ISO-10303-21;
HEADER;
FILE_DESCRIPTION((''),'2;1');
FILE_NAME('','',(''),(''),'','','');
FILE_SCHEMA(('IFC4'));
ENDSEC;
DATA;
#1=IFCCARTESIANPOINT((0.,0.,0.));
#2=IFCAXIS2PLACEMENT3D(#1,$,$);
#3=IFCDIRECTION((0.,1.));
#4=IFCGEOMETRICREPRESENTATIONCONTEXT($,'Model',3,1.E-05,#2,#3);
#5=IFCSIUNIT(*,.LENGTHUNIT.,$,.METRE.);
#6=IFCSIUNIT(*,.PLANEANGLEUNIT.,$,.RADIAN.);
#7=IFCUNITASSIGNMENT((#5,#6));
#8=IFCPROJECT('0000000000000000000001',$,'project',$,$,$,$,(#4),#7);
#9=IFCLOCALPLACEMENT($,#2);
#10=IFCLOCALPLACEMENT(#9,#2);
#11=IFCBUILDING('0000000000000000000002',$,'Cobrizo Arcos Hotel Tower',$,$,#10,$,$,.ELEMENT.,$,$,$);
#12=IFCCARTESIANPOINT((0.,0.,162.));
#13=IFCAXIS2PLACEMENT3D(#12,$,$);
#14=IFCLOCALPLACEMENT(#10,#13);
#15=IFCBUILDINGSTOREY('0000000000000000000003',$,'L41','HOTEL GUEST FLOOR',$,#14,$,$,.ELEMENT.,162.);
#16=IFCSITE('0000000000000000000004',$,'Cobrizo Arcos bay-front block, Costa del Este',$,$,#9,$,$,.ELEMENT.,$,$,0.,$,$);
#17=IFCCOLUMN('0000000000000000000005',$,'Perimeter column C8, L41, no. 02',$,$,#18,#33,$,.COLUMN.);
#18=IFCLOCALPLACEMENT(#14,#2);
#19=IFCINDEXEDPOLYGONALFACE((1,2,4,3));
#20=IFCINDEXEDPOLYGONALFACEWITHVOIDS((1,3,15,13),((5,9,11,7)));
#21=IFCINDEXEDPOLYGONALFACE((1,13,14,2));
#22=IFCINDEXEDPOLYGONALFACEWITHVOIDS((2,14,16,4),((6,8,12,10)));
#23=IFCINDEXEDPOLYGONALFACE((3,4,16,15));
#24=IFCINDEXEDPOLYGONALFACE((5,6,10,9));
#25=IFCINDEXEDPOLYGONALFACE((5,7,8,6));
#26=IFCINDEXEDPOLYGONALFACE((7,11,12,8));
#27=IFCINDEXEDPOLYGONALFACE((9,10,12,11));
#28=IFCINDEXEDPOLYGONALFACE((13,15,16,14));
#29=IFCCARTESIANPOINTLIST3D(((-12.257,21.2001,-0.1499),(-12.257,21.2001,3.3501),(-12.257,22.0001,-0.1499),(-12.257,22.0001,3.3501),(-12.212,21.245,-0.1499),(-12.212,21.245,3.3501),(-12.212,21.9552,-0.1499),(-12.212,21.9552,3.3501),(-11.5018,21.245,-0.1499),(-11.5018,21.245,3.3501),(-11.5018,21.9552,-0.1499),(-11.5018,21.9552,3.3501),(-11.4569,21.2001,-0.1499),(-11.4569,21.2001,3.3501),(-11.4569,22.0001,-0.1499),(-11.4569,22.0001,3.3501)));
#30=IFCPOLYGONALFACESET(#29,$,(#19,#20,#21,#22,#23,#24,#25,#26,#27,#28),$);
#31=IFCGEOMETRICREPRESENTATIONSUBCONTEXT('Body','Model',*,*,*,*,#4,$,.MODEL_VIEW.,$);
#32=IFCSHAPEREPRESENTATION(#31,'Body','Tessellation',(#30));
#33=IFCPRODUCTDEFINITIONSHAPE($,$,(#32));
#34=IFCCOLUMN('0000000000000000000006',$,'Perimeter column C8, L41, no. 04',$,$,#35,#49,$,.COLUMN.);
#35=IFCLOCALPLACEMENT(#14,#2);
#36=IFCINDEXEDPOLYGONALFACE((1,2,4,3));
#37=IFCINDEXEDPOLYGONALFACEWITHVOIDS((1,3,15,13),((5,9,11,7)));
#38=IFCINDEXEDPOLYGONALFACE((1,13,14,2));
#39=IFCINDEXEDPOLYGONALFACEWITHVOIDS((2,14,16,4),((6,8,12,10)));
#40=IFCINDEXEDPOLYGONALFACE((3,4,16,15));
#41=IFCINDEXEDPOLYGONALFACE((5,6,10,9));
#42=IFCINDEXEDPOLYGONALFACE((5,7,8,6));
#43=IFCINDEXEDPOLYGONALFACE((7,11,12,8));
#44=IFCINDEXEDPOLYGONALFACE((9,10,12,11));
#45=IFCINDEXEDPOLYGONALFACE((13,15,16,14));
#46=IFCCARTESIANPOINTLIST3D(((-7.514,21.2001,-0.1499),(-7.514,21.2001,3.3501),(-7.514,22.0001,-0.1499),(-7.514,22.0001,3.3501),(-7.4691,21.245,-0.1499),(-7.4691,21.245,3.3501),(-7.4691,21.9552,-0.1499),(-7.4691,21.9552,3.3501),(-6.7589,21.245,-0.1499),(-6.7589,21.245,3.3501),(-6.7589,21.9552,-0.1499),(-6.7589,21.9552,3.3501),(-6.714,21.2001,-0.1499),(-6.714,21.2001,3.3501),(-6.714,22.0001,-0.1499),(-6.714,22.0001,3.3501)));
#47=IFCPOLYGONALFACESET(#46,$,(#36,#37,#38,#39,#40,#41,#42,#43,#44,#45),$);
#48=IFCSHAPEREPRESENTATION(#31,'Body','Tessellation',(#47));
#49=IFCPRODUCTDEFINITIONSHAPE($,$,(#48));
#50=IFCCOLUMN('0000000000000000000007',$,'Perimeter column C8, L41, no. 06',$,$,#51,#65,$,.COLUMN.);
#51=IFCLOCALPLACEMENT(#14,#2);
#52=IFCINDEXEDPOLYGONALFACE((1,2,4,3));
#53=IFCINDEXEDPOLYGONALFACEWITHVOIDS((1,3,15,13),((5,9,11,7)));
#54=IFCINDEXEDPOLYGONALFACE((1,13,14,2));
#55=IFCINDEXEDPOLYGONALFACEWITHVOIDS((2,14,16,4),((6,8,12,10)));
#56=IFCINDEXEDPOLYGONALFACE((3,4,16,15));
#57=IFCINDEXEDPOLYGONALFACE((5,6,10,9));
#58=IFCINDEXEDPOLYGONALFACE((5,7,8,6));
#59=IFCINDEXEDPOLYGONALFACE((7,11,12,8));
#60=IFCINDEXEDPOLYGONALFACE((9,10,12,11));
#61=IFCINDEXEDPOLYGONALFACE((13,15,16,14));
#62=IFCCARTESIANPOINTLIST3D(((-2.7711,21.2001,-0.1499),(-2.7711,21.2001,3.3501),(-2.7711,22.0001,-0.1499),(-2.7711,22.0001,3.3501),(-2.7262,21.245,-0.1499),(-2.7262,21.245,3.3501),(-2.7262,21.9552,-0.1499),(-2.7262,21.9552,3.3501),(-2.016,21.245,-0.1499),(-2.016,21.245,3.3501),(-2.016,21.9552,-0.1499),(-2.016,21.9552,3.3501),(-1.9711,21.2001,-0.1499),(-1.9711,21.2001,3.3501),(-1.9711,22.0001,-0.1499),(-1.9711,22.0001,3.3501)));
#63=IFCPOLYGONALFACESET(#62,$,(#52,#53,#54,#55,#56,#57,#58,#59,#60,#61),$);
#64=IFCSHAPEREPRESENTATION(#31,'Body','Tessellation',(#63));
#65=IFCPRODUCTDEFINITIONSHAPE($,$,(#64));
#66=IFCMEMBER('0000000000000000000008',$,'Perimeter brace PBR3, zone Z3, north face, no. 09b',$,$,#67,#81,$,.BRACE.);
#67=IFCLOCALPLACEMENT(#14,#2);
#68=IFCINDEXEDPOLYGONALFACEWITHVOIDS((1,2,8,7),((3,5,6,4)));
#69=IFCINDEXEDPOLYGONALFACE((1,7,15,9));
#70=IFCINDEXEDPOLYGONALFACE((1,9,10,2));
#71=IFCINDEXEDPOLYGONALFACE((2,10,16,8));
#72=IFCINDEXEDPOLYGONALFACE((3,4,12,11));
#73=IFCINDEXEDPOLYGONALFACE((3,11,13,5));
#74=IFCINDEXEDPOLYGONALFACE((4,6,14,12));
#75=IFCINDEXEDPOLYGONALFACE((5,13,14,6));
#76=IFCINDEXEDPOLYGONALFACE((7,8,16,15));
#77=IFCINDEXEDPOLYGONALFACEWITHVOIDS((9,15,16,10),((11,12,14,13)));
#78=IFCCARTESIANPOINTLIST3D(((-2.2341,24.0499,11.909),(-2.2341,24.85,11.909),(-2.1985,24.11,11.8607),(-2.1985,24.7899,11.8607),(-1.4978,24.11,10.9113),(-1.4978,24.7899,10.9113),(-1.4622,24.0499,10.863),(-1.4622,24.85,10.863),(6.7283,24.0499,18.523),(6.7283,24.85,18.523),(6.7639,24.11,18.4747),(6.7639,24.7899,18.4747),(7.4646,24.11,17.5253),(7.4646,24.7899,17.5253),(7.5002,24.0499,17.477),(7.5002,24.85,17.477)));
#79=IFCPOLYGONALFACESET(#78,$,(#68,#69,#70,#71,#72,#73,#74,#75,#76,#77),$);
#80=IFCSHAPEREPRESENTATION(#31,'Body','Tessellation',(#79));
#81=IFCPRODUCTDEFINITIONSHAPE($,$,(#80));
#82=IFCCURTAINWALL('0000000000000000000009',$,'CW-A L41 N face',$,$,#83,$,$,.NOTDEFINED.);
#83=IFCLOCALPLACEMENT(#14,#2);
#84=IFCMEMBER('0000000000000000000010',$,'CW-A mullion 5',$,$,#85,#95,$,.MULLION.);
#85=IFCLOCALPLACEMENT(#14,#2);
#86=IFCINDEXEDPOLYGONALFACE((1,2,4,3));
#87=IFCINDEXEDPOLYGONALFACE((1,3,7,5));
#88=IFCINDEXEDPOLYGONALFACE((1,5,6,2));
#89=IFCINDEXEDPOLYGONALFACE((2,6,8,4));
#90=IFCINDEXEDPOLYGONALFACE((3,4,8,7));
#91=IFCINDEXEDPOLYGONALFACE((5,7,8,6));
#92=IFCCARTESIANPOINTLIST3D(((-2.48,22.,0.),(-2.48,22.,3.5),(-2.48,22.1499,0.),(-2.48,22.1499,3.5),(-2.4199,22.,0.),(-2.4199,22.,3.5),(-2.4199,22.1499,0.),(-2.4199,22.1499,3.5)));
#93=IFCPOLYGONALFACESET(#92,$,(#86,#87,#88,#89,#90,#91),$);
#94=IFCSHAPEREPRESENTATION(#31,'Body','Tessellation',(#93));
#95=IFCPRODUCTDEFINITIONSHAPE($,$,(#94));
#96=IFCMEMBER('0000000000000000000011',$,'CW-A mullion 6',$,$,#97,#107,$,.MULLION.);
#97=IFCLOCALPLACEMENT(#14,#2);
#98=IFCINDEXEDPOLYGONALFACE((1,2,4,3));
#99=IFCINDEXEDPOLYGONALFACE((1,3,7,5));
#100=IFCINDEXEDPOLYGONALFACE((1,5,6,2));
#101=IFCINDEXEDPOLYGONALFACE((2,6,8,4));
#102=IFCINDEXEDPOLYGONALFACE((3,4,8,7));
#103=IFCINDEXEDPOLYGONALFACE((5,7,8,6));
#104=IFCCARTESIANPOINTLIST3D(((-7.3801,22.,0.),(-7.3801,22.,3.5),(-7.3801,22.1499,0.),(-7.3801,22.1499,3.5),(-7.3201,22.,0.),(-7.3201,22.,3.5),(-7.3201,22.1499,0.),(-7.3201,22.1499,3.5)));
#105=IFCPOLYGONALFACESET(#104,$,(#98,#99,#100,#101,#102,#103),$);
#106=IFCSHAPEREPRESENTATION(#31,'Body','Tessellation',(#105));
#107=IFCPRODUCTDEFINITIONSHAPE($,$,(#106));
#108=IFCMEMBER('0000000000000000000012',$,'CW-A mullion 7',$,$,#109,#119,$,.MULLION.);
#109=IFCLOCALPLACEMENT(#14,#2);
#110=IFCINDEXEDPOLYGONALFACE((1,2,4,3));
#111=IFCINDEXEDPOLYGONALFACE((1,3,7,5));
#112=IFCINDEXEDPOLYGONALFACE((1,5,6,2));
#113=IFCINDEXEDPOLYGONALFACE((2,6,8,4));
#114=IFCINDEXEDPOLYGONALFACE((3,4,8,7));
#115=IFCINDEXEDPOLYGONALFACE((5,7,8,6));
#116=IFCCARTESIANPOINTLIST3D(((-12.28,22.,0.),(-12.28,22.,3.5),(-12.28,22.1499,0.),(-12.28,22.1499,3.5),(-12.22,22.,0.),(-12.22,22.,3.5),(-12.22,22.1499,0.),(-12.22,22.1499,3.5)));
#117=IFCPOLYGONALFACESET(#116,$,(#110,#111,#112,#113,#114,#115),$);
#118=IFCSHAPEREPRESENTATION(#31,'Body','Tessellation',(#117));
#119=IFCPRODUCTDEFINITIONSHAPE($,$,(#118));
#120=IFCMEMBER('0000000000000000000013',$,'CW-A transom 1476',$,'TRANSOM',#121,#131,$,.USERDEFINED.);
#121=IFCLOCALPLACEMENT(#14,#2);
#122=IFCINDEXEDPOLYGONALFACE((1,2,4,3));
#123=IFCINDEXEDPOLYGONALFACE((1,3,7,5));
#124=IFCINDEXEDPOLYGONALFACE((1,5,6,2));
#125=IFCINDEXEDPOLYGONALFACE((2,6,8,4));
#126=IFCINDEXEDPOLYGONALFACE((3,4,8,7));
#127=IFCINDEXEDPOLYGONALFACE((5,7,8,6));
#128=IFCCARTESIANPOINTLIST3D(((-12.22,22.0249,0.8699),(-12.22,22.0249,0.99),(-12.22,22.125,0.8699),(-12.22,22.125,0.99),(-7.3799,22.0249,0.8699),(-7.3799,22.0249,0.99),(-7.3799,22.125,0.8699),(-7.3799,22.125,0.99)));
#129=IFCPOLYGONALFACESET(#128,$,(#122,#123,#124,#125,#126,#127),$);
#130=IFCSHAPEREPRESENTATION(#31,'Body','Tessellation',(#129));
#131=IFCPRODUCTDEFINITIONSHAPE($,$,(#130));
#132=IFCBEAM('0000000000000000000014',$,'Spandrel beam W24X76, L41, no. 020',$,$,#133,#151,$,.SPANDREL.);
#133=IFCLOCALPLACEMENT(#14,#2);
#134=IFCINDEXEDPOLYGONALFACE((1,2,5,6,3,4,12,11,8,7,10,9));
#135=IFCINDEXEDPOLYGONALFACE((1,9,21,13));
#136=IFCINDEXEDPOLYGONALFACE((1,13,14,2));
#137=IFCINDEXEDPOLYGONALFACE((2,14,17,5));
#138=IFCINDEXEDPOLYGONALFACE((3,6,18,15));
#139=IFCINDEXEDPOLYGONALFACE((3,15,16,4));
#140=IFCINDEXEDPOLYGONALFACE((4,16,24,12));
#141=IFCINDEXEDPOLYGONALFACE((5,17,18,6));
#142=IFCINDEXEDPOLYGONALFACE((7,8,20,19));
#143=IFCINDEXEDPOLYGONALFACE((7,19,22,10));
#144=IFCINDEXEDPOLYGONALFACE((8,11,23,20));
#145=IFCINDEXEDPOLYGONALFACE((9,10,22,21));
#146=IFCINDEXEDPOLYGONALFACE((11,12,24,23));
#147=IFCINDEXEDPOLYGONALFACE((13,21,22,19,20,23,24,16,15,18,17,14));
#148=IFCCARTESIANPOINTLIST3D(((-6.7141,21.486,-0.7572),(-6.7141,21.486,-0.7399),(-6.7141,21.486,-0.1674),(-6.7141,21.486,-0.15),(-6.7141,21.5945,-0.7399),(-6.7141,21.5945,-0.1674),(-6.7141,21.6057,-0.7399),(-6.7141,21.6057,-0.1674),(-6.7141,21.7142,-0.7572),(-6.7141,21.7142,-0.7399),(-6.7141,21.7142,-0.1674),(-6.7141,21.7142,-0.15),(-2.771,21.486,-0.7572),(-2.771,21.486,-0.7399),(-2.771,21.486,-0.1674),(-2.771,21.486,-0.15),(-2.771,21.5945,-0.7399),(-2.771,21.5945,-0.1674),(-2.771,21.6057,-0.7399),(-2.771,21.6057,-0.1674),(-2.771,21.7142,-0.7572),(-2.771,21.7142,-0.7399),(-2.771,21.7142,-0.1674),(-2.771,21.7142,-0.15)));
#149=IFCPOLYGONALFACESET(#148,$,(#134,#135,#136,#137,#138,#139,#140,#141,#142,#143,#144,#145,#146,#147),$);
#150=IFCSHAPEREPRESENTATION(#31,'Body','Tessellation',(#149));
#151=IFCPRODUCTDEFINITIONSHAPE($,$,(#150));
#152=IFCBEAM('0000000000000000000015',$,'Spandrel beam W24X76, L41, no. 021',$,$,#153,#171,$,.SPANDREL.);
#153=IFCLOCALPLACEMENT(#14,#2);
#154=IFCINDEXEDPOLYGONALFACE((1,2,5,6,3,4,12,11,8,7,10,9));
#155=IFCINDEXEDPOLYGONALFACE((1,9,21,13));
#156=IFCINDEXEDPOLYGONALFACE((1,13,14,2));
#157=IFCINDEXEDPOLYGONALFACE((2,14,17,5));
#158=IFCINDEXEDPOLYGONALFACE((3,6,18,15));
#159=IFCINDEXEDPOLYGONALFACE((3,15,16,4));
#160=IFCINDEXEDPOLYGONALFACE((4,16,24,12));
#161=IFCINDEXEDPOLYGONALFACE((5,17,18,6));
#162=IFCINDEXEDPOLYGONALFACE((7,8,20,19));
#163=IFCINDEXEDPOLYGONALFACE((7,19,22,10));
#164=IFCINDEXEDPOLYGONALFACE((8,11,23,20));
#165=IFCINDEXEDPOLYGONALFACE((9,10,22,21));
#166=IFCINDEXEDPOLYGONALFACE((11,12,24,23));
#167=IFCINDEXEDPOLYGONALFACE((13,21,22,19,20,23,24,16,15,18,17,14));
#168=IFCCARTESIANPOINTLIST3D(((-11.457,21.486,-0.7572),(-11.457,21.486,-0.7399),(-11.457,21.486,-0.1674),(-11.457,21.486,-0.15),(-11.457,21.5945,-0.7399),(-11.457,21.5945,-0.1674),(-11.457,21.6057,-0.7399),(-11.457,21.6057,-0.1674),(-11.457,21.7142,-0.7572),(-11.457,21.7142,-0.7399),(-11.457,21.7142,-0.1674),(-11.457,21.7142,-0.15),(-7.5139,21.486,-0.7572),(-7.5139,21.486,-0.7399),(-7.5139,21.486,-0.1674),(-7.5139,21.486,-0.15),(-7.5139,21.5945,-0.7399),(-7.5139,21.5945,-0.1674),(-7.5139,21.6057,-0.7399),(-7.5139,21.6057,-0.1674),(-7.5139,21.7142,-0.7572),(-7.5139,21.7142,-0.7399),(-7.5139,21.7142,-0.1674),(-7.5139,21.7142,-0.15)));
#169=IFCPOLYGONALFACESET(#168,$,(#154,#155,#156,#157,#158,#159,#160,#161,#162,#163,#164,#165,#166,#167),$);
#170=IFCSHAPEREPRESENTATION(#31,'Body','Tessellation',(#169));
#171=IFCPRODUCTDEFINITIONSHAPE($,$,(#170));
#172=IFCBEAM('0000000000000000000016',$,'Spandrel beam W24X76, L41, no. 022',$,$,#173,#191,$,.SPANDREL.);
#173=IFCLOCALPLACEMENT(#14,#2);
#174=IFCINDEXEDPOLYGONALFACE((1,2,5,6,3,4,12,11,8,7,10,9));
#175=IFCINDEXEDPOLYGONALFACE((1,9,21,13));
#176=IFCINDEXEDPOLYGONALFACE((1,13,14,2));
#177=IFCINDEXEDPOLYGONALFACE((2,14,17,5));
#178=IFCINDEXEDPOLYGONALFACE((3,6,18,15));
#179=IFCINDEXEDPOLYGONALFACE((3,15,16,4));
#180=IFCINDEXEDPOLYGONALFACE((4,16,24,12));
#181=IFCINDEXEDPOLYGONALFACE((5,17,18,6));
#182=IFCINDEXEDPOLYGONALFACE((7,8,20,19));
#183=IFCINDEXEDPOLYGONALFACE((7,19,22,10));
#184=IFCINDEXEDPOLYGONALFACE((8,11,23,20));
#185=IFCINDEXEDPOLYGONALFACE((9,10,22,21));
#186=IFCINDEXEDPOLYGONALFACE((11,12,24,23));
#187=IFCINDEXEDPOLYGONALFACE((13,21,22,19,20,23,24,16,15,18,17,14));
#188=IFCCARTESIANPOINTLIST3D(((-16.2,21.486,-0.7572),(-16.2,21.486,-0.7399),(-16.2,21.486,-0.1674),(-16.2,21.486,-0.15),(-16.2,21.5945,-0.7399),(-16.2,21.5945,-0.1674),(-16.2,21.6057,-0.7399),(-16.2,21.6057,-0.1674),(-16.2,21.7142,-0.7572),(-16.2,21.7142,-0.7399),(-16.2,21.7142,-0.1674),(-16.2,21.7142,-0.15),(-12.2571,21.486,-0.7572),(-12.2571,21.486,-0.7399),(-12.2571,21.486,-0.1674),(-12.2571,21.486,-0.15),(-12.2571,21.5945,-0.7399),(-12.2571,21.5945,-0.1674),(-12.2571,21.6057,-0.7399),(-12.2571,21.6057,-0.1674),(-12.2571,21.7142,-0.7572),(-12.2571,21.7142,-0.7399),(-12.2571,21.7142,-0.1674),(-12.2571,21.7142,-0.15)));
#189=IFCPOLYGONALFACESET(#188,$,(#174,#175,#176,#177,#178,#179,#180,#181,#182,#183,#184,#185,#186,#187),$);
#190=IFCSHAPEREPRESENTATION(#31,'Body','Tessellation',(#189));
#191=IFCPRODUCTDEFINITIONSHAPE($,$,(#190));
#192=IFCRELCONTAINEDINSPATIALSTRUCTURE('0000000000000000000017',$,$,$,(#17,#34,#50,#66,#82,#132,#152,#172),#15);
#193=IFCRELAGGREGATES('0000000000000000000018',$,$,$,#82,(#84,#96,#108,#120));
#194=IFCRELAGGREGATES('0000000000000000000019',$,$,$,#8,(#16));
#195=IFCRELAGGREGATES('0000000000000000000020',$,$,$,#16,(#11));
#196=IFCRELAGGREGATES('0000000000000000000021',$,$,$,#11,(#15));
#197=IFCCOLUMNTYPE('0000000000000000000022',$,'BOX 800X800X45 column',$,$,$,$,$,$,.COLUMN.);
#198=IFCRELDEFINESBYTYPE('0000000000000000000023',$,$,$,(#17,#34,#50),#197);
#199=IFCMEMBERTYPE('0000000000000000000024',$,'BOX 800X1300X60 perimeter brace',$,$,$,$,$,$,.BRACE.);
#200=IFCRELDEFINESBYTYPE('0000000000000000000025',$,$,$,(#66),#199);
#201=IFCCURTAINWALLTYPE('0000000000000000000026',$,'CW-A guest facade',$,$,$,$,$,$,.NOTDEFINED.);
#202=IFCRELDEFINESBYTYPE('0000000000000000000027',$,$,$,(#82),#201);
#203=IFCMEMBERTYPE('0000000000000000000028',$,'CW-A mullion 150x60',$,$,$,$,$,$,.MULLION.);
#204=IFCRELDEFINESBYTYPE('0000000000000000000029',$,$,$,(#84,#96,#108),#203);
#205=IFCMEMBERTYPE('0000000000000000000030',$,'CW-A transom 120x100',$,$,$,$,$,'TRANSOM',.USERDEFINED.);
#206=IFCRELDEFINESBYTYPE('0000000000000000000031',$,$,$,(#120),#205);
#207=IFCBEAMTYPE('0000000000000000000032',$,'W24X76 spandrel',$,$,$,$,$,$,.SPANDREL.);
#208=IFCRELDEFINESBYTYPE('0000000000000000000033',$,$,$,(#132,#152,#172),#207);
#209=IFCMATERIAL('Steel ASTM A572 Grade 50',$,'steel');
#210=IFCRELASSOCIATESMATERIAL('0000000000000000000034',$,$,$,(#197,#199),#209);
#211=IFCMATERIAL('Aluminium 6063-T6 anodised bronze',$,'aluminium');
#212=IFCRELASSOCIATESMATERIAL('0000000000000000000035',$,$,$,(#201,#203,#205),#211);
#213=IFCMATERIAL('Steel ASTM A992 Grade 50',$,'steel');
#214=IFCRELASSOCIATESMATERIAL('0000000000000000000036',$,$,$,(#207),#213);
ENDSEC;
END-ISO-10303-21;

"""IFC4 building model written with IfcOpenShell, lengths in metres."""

from ifc_helpers import new_model, si_unit, direction, frame, origin, origin_2d, place, context, subcontext, project, spatial, rectangle, hollow_rectangle, i_section, extrude, material, material_profile, profile_set, type_object, element, aggregate, save


model = new_model("IFC4")

# Units and contexts
model_context = context("Model", 3, precision=1e-05, world=origin(), true_north=direction((0.0, 1.0)))
body_context = subcontext(model_context, "Body", "Model", "MODEL_VIEW")
ifc_project = project(units=[si_unit("LENGTHUNIT", "METRE"), si_unit("PLANEANGLEUNIT", "RADIAN")], contexts=[model_context])

# Site, building, storey
site_placement = place(None, origin())
site = spatial("IfcSite", under=ifc_project, at=site_placement, Name="Cobrizo Arcos bay-front block, Costa del Este", CompositionType="ELEMENT", RefElevation=0.0)
building_placement = place(site_placement, origin())
building = spatial("IfcBuilding", under=site, at=building_placement, Name="Cobrizo Arcos Hotel Tower", CompositionType="ELEMENT")
storey_placement = place(building_placement, frame((0.0, 0.0, 162.0)))
storey = spatial("IfcBuildingStorey", under=building, at=storey_placement, Name="L41", Description="HOTEL GUEST FLOOR", CompositionType="ELEMENT", Elevation=162.0)

# Columns
ifc_material_1 = material(Name="Steel ASTM A572 Grade 50", Category="steel")
ifc_material_profile_1 = material_profile(ifc_material_1, hollow_rectangle(XDim=0.8, YDim=0.8, WallThickness=0.0449, at=origin_2d()), Name="BOX 800X800X45")
ifc_profile_set_1 = profile_set([ifc_material_profile_1], Name="Steel ASTM A572 Grade 50")
column_type = type_object("IfcColumnType", Name="BOX 800X800X45 column", PredefinedType="COLUMN", material=ifc_profile_set_1)
for number, where, z_axis, x_axis, name in (
    (1, (-11.8569, 21.6001, -0.1499), (0.0, 0.0, 1.0), (1.0, 0.0, 0.0), "Perimeter column C8, L41, no. 02"),
    (2, (-7.114, 21.6001, -0.1499), (0.0, 0.0, 1.0), (1.0, 0.0, 0.0), "Perimeter column C8, L41, no. 04"),
    (3, (-2.3711, 21.6001, -0.1499), (0.0, 0.0, 1.0), (1.0, 0.0, 0.0), "Perimeter column C8, L41, no. 06"),
):
    element("IfcColumn", number, at=place(storey_placement, frame(where, z_axis=z_axis, x_axis=x_axis)), inside=storey, type_object=column_type, Name=name, PredefinedType="COLUMN", context=body_context, shape_type="SweptSolid", body=[
        extrude(hollow_rectangle(XDim=0.8, YDim=0.8, WallThickness=0.0449, at=origin_2d()), origin(), (0.0, 0.0, 1.0), 3.5),
    ])

# Member
ifc_material_profile_2 = material_profile(ifc_material_1, hollow_rectangle(XDim=0.8, YDim=1.3, WallThickness=0.0601, at=origin_2d()), Name="BOX 800X1300X60")
ifc_profile_set_2 = profile_set([ifc_material_profile_2], Name="Steel ASTM A572 Grade 50")
member_type_1 = type_object("IfcMemberType", Name="BOX 800X1300X60 perimeter brace", PredefinedType="BRACE", material=ifc_profile_set_2)
member_1_placement = place(storey_placement, frame((-1.8481, 24.45, 11.386), z_axis=(0.804621, 0.0, 0.593789), x_axis=(0.0, 1.0, 0.0)))
element("IfcMember", 4, at=member_1_placement, inside=storey, type_object=member_type_1, Name="Perimeter brace PBR3, zone Z3, north face, no. 09b", PredefinedType="BRACE", context=body_context, shape_type="SweptSolid", body=[
    extrude(hollow_rectangle(XDim=0.8, YDim=1.3, WallThickness=0.0601, at=origin_2d()), origin(), (0.0, 0.0, 1.0), 11.1387),
])

# Curtain wall, members
ifc_material_2 = material(Name="Aluminium 6063-T6 anodised bronze", Category="aluminium")
curtain_wall_type = type_object("IfcCurtainWallType", Name="CW-A guest facade", PredefinedType="NOTDEFINED", material=ifc_material_2)
curtain_wall_placement = place(storey_placement, origin())
curtain_wall = element("IfcCurtainWall", 5, at=curtain_wall_placement, inside=storey, type_object=curtain_wall_type, Name="CW-A L41 N face", PredefinedType="NOTDEFINED")
ifc_material_profile_3 = material_profile(ifc_material_2, rectangle(XDim=0.1499, YDim=0.0601, at=origin_2d()), Name="CW-A mullion 150x60")
ifc_profile_set_3 = profile_set([ifc_material_profile_3], Name="Aluminium 6063-T6 anodised bronze")
member_type_2 = type_object("IfcMemberType", Name="CW-A mullion 150x60", PredefinedType="MULLION", material=ifc_profile_set_3)
member_2_placement = place(storey_placement, frame((-2.45, 22.075, 0.0), z_axis=(0.0, 0.0, 1.0), x_axis=(0.0, 1.0, 0.0)))
member_2 = element("IfcMember", 6, at=member_2_placement, type_object=member_type_2, Name="CW-A mullion 5", PredefinedType="MULLION", context=body_context, shape_type="SweptSolid", body=[
    extrude(rectangle(XDim=0.1499, YDim=0.0601, at=origin_2d()), origin(), (0.0, 0.0, 1.0), 3.5),
])
member_3_placement = place(storey_placement, frame((-7.3501, 22.075, 0.0), z_axis=(0.0, 0.0, 1.0), x_axis=(0.0, 1.0, 0.0)))
member_3 = element("IfcMember", 7, at=member_3_placement, type_object=member_type_2, Name="CW-A mullion 6", PredefinedType="MULLION", context=body_context, shape_type="SweptSolid", body=[
    extrude(rectangle(XDim=0.1499, YDim=0.0601, at=origin_2d()), origin(), (0.0, 0.0, 1.0), 3.5),
])
member_4_placement = place(storey_placement, frame((-12.25, 22.075, 0.0), z_axis=(0.0, 0.0, 1.0), x_axis=(0.0, 1.0, 0.0)))
member_4 = element("IfcMember", 8, at=member_4_placement, type_object=member_type_2, Name="CW-A mullion 7", PredefinedType="MULLION", context=body_context, shape_type="SweptSolid", body=[
    extrude(rectangle(XDim=0.1499, YDim=0.0601, at=origin_2d()), origin(), (0.0, 0.0, 1.0), 3.5),
])
ifc_material_profile_4 = material_profile(ifc_material_2, rectangle(XDim=0.1001, YDim=0.1201, at=origin_2d()), Name="CW-A transom 120x100")
ifc_profile_set_4 = profile_set([ifc_material_profile_4], Name="Aluminium 6063-T6 anodised bronze")
member_type_3 = type_object("IfcMemberType", Name="CW-A transom 120x100", ElementType="TRANSOM", PredefinedType="USERDEFINED", material=ifc_profile_set_4)
member_5_placement = place(storey_placement, frame((-7.3799, 22.075, 0.9299), z_axis=(-1.0, 0.0, 0.0), x_axis=(0.0, -1.0, 0.0)))
member_5 = element("IfcMember", 9, at=member_5_placement, type_object=member_type_3, Name="CW-A transom 1476", ObjectType="TRANSOM", PredefinedType="USERDEFINED", context=body_context, shape_type="SweptSolid", body=[
    extrude(rectangle(XDim=0.1001, YDim=0.1201, at=origin_2d()), origin(), (0.0, 0.0, 1.0), 4.8401),
])

# Beams
ifc_material_3 = material(Name="Steel ASTM A992 Grade 50", Category="steel")
ifc_material_profile_5 = material_profile(ifc_material_3, i_section(OverallWidth=0.2283, OverallDepth=0.6072, WebThickness=0.0112, FlangeThickness=0.0173, at=origin_2d()), Name="W24X76")
ifc_profile_set_5 = profile_set([ifc_material_profile_5], Name="Steel ASTM A992 Grade 50")
beam_type = type_object("IfcBeamType", Name="W24X76 spandrel", PredefinedType="SPANDREL", material=ifc_profile_set_5)
for number, where, z_axis, x_axis, name in (
    (10, (-2.771, 21.6001, -0.4536), (-1.0, 0.0, 0.0), (0.0, -1.0, 0.0), "Spandrel beam W24X76, L41, no. 020"),
    (11, (-7.5139, 21.6001, -0.4536), (-1.0, 0.0, 0.0), (0.0, -1.0, 0.0), "Spandrel beam W24X76, L41, no. 021"),
):
    element("IfcBeam", number, at=place(storey_placement, frame(where, z_axis=z_axis, x_axis=x_axis)), inside=storey, type_object=beam_type, Name=name, PredefinedType="SPANDREL", context=body_context, shape_type="SweptSolid", body=[
        extrude(i_section(OverallWidth=0.2283, OverallDepth=0.6072, WebThickness=0.0112, FlangeThickness=0.0173, at=origin_2d()), origin(), (0.0, 0.0, 1.0), 3.9431),
    ])
beam_placement = place(storey_placement, frame((-12.2571, 21.6001, -0.4536), z_axis=(-1.0, 0.0, 0.0), x_axis=(0.0, -1.0, 0.0)))
element("IfcBeam", 12, at=beam_placement, inside=storey, type_object=beam_type, Name="Spandrel beam W24X76, L41, no. 022", PredefinedType="SPANDREL", context=body_context, shape_type="SweptSolid", body=[
    extrude(i_section(OverallWidth=0.2283, OverallDepth=0.6072, WebThickness=0.0112, FlangeThickness=0.0173, at=origin_2d()), origin(), (0.0, 0.0, 1.0), 3.9429),
])

aggregate(curtain_wall, [member_2, member_3, member_4, member_5])

save(model, "model.ifc")
